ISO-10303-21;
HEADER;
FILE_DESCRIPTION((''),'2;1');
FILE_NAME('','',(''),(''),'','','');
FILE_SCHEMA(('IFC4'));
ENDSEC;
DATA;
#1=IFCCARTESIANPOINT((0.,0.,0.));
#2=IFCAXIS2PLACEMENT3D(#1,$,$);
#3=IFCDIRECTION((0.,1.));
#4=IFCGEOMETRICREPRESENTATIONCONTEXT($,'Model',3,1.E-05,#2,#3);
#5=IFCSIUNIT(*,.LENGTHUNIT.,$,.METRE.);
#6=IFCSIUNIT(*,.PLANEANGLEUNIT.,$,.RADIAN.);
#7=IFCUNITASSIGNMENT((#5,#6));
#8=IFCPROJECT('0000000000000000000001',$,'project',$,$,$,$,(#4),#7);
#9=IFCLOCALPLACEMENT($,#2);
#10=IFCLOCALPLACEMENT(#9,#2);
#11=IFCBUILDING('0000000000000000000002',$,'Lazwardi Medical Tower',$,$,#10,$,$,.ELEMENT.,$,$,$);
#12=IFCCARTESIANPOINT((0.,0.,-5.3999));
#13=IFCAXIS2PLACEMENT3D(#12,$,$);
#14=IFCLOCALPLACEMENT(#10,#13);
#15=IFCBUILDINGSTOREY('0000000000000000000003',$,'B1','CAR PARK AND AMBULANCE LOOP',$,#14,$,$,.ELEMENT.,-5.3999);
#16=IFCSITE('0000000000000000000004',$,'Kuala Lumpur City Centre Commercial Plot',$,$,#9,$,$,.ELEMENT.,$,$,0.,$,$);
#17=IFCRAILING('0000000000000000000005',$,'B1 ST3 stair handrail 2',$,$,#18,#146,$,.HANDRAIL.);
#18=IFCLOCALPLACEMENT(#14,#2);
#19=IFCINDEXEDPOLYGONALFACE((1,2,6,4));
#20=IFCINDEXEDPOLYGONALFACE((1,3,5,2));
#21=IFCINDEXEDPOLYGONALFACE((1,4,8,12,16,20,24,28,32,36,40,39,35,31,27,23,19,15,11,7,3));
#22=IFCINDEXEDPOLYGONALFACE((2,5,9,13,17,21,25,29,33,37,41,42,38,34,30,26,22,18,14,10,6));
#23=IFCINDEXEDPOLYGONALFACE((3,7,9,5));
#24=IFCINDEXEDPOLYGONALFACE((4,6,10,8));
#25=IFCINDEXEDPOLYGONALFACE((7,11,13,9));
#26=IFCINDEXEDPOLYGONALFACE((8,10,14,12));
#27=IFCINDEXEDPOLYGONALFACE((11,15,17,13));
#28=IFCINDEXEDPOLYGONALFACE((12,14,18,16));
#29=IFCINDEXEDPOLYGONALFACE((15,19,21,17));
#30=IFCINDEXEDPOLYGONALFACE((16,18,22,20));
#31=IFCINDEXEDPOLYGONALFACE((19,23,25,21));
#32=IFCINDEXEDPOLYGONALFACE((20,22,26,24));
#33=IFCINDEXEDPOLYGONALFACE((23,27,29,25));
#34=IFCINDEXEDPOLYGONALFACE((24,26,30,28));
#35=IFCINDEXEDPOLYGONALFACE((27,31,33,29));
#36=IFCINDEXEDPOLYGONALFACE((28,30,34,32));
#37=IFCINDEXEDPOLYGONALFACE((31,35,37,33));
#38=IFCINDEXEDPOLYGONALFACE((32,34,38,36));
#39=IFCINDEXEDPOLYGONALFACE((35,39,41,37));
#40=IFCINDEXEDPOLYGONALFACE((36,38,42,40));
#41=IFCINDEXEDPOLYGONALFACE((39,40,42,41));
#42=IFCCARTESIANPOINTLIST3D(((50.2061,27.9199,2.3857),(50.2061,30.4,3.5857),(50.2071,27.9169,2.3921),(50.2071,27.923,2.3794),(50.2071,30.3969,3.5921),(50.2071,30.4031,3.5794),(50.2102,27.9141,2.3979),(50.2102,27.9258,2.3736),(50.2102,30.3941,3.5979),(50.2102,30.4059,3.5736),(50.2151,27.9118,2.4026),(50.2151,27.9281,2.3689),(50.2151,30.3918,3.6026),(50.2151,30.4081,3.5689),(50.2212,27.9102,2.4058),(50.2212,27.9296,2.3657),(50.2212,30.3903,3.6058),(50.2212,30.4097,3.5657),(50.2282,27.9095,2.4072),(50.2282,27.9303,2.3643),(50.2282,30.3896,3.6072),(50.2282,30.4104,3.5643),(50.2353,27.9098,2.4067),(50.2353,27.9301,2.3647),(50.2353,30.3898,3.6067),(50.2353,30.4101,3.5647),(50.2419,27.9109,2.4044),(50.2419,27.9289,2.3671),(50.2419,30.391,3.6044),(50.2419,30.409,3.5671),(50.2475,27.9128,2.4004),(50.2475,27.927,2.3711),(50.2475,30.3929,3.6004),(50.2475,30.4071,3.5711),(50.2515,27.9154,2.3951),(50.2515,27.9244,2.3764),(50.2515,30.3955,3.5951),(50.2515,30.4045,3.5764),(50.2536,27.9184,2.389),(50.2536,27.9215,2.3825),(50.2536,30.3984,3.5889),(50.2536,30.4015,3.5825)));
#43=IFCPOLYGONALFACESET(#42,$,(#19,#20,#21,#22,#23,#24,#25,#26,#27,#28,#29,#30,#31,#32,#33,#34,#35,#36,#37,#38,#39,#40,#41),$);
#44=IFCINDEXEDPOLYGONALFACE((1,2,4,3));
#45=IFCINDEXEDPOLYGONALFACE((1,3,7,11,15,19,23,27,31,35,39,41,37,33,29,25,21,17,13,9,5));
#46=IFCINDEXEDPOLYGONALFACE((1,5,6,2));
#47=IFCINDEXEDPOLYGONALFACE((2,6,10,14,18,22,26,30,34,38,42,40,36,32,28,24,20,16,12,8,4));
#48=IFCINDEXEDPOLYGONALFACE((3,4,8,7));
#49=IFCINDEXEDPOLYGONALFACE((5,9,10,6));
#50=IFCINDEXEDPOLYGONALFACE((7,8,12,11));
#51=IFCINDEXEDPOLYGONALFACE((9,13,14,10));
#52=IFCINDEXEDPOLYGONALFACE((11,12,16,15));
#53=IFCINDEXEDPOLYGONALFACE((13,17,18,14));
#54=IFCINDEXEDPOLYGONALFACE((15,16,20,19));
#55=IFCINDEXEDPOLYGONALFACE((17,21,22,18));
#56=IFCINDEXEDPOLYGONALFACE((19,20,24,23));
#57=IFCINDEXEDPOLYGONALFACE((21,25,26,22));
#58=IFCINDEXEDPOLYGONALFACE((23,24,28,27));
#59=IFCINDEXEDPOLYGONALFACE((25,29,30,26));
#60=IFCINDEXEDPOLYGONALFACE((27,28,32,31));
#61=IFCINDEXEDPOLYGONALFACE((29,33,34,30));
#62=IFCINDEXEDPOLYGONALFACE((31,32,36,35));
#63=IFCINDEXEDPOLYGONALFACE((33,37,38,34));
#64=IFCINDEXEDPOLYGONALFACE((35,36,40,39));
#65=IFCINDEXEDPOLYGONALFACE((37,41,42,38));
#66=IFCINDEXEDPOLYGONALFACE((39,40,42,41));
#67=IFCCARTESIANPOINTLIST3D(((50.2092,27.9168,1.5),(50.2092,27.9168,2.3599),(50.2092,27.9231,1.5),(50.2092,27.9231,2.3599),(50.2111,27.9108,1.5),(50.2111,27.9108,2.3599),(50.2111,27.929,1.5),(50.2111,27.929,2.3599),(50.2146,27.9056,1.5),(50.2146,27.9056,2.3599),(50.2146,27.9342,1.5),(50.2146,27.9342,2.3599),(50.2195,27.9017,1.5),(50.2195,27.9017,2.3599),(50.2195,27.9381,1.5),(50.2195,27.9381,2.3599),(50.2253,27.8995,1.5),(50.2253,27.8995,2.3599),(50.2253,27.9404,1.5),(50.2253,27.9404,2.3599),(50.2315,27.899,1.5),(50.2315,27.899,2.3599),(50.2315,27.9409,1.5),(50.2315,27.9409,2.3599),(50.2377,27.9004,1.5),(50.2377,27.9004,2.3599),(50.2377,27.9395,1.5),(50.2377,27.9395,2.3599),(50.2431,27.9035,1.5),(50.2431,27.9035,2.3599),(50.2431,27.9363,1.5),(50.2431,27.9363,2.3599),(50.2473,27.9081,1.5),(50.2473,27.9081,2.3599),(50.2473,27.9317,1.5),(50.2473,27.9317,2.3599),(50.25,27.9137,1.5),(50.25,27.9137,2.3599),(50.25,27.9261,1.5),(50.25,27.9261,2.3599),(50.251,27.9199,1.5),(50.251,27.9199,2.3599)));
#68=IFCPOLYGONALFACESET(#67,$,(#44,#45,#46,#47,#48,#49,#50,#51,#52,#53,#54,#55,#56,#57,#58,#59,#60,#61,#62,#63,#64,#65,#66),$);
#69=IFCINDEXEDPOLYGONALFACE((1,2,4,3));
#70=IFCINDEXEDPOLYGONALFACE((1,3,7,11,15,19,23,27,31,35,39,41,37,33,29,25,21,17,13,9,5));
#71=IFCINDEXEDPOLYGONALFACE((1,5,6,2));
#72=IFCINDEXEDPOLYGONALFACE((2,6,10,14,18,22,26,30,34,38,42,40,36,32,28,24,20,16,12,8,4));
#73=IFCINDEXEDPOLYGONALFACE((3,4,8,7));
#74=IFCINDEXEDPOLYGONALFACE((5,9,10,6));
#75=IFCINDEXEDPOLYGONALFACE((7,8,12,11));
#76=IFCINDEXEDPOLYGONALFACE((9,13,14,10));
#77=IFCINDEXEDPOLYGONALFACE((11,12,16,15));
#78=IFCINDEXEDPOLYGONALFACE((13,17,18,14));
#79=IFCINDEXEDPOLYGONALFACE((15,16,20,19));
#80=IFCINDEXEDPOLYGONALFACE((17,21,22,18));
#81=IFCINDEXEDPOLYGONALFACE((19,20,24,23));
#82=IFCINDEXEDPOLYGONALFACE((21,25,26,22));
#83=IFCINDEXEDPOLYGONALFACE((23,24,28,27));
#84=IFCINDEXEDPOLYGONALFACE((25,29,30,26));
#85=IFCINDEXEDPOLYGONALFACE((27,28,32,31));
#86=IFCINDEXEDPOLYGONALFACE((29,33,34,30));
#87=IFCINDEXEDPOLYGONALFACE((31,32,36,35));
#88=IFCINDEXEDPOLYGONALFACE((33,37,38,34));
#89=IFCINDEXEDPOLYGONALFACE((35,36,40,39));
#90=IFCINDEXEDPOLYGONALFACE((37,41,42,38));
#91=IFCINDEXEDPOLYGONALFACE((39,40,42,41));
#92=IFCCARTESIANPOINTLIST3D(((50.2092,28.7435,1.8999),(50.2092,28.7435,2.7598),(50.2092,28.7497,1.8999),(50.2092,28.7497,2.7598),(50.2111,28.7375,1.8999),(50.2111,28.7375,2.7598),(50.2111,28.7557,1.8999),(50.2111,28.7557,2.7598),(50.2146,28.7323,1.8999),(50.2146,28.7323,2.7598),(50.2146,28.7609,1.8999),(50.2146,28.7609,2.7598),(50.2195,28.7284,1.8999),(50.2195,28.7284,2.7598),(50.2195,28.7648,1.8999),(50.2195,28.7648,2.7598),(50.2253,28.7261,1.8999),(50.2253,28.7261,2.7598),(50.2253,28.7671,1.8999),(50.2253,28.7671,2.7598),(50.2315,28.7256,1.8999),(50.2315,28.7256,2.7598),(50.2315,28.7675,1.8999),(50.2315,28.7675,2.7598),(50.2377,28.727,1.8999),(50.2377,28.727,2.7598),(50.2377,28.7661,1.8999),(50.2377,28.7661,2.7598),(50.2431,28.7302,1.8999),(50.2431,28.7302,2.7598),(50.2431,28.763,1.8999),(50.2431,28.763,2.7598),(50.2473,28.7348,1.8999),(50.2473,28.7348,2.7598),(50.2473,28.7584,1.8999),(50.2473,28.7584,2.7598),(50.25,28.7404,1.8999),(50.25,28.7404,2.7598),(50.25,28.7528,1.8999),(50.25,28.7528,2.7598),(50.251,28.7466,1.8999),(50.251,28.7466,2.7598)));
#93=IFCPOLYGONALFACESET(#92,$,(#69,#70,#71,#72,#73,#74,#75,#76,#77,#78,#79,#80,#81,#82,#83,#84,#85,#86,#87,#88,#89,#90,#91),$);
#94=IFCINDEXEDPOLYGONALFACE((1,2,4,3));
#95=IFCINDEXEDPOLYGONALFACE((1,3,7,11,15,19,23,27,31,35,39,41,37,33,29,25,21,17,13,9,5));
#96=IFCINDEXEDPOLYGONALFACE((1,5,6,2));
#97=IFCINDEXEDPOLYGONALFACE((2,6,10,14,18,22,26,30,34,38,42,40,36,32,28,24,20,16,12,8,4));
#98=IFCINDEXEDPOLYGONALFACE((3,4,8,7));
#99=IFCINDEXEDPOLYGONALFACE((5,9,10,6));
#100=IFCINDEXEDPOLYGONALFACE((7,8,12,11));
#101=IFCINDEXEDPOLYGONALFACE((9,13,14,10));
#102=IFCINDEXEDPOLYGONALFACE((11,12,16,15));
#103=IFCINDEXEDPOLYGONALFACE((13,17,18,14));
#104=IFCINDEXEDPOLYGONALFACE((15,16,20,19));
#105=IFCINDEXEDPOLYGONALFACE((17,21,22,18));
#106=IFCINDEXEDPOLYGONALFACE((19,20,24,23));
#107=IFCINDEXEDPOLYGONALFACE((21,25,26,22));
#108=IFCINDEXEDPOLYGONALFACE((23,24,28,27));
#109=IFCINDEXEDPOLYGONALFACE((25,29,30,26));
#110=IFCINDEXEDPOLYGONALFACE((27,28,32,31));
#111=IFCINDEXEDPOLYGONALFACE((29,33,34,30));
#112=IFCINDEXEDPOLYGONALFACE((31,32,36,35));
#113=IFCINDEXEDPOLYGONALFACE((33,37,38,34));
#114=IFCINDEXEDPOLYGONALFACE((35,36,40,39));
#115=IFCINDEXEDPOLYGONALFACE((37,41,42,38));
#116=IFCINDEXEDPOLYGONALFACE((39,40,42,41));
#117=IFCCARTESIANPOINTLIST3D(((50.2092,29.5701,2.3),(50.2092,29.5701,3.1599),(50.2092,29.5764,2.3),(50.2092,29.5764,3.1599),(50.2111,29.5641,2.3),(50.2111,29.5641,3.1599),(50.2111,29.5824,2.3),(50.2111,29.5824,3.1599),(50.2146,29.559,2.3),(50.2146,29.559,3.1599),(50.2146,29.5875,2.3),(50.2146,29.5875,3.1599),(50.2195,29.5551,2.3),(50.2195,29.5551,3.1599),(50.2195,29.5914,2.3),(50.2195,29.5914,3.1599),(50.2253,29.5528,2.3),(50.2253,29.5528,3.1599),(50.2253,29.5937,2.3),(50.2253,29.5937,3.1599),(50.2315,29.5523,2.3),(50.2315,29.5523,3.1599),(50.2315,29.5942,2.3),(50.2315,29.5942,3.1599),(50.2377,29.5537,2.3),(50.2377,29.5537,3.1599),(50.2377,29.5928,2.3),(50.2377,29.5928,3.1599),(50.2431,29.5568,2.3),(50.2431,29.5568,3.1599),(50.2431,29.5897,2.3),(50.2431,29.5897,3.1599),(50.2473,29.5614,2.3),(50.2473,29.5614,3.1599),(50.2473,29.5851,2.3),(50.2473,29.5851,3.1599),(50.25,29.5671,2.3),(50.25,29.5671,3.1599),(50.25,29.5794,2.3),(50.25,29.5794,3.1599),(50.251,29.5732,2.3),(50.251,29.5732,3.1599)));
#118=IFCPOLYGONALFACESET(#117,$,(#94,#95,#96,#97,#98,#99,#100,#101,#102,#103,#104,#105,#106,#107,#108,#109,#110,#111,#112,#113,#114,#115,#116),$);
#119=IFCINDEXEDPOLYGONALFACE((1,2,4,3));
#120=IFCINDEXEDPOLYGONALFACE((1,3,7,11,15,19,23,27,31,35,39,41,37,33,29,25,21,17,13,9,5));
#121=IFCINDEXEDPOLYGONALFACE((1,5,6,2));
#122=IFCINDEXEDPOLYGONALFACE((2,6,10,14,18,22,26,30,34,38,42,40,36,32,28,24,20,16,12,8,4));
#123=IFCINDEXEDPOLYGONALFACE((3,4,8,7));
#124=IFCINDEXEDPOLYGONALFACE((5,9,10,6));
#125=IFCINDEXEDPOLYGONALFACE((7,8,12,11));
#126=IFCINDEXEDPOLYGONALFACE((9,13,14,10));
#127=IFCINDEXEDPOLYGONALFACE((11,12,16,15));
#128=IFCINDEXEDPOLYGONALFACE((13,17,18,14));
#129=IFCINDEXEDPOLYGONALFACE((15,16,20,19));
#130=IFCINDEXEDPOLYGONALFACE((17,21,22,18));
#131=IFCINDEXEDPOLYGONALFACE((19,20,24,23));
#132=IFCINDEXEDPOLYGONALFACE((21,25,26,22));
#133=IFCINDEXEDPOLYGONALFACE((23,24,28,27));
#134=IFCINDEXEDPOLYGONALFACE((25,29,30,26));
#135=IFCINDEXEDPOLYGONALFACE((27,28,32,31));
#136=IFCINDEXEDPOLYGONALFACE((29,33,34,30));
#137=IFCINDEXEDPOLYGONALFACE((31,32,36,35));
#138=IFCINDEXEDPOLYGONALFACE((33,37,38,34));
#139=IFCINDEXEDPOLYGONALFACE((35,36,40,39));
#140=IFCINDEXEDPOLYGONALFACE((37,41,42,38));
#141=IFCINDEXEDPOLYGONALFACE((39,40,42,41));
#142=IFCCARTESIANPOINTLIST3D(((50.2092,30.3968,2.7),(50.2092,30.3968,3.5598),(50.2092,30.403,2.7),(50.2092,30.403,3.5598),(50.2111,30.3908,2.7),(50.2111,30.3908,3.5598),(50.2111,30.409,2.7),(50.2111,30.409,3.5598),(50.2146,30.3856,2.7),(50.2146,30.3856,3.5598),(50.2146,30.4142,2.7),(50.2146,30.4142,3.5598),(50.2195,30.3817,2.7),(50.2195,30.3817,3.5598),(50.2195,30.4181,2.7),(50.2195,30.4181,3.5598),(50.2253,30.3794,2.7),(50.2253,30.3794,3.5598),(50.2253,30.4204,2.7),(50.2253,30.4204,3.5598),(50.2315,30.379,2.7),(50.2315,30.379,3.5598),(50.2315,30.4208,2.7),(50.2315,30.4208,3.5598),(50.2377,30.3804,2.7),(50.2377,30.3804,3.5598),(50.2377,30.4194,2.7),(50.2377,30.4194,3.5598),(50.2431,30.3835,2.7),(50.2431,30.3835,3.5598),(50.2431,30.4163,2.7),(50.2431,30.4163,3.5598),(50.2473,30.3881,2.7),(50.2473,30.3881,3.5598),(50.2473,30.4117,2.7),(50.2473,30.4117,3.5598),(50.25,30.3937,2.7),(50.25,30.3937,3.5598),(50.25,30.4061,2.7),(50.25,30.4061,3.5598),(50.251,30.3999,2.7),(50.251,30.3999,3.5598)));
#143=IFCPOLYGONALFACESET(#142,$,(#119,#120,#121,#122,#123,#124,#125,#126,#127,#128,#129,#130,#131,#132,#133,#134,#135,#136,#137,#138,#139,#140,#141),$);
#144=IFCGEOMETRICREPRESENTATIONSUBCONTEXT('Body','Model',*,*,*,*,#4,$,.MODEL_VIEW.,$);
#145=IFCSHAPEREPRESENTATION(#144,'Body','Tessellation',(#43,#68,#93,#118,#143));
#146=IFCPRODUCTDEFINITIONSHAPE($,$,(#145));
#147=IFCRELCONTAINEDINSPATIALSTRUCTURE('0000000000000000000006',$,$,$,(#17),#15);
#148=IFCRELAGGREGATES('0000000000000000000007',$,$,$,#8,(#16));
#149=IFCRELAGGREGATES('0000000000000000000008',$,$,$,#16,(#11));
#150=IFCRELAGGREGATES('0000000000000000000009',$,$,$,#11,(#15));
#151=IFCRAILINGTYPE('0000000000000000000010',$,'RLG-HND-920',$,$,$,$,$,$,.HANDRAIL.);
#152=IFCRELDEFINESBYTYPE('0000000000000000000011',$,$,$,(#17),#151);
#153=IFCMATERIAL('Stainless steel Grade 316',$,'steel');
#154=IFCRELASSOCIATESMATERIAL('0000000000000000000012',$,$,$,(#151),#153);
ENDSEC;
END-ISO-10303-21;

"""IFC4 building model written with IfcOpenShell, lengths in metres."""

from ifc_helpers import new_model, si_unit, direction, frame, origin, origin_2d, place, context, subcontext, project, spatial, circle, extrude, material, type_object, element, save


model = new_model("IFC4")

# Units and contexts
model_context = context("Model", 3, precision=1e-05, world=origin(), true_north=direction((0.0, 1.0)))
body_context = subcontext(model_context, "Body", "Model", "MODEL_VIEW")
ifc_project = project(units=[si_unit("LENGTHUNIT", "METRE"), si_unit("PLANEANGLEUNIT", "RADIAN")], contexts=[model_context])

# Site, building, storey
site_placement = place(None, origin())
site = spatial("IfcSite", under=ifc_project, at=site_placement, Name="Kuala Lumpur City Centre Commercial Plot", CompositionType="ELEMENT", RefElevation=0.0)
building_placement = place(site_placement, origin())
building = spatial("IfcBuilding", under=site, at=building_placement, Name="Lazwardi Medical Tower", CompositionType="ELEMENT")
storey_placement = place(building_placement, frame((0.0, 0.0, -5.3999)))
storey = spatial("IfcBuildingStorey", under=building, at=storey_placement, Name="B1", Description="CAR PARK AND AMBULANCE LOOP", CompositionType="ELEMENT", Elevation=-5.3999)

# Railing
ifc_material_1 = material(Name="Stainless steel Grade 316", Category="steel")
railing_type = type_object("IfcRailingType", Name="RLG-HND-920", PredefinedType="HANDRAIL", material=ifc_material_1)
for number, where, name in (
    (1, (50.23, 27.9199, 1.5), "B1 ST3 stair handrail 2"),
):
    element("IfcRailing", number, at=place(storey_placement, frame(where)), inside=storey, type_object=railing_type, Name=name, PredefinedType="HANDRAIL", context=body_context, shape_type="SweptSolid", body=[
        extrude(circle(Radius=0.0239, at=origin_2d()), frame((0.0, 0.0, 0.8857), z_axis=(0.0, 0.900165, 0.435549), x_axis=(-1.0, 0.0, 0.0)), (0.0, 0.0, 1.0), 2.7551),
        extrude(circle(Radius=0.021, at=origin_2d()), origin(), (0.0, 0.0, 1.0), 0.8599),
        extrude(circle(Radius=0.021, at=origin_2d()), frame((0.0, 0.8267, 0.3999)), (0.0, 0.0, 1.0), 0.8599),
        extrude(circle(Radius=0.021, at=origin_2d()), frame((0.0, 1.6533, 0.8)), (0.0, 0.0, 1.0), 0.8599),
        extrude(circle(Radius=0.021, at=origin_2d()), frame((0.0, 2.48, 1.2)), (0.0, 0.0, 1.0), 0.8599),
    ])

save(model, "model.ifc")
